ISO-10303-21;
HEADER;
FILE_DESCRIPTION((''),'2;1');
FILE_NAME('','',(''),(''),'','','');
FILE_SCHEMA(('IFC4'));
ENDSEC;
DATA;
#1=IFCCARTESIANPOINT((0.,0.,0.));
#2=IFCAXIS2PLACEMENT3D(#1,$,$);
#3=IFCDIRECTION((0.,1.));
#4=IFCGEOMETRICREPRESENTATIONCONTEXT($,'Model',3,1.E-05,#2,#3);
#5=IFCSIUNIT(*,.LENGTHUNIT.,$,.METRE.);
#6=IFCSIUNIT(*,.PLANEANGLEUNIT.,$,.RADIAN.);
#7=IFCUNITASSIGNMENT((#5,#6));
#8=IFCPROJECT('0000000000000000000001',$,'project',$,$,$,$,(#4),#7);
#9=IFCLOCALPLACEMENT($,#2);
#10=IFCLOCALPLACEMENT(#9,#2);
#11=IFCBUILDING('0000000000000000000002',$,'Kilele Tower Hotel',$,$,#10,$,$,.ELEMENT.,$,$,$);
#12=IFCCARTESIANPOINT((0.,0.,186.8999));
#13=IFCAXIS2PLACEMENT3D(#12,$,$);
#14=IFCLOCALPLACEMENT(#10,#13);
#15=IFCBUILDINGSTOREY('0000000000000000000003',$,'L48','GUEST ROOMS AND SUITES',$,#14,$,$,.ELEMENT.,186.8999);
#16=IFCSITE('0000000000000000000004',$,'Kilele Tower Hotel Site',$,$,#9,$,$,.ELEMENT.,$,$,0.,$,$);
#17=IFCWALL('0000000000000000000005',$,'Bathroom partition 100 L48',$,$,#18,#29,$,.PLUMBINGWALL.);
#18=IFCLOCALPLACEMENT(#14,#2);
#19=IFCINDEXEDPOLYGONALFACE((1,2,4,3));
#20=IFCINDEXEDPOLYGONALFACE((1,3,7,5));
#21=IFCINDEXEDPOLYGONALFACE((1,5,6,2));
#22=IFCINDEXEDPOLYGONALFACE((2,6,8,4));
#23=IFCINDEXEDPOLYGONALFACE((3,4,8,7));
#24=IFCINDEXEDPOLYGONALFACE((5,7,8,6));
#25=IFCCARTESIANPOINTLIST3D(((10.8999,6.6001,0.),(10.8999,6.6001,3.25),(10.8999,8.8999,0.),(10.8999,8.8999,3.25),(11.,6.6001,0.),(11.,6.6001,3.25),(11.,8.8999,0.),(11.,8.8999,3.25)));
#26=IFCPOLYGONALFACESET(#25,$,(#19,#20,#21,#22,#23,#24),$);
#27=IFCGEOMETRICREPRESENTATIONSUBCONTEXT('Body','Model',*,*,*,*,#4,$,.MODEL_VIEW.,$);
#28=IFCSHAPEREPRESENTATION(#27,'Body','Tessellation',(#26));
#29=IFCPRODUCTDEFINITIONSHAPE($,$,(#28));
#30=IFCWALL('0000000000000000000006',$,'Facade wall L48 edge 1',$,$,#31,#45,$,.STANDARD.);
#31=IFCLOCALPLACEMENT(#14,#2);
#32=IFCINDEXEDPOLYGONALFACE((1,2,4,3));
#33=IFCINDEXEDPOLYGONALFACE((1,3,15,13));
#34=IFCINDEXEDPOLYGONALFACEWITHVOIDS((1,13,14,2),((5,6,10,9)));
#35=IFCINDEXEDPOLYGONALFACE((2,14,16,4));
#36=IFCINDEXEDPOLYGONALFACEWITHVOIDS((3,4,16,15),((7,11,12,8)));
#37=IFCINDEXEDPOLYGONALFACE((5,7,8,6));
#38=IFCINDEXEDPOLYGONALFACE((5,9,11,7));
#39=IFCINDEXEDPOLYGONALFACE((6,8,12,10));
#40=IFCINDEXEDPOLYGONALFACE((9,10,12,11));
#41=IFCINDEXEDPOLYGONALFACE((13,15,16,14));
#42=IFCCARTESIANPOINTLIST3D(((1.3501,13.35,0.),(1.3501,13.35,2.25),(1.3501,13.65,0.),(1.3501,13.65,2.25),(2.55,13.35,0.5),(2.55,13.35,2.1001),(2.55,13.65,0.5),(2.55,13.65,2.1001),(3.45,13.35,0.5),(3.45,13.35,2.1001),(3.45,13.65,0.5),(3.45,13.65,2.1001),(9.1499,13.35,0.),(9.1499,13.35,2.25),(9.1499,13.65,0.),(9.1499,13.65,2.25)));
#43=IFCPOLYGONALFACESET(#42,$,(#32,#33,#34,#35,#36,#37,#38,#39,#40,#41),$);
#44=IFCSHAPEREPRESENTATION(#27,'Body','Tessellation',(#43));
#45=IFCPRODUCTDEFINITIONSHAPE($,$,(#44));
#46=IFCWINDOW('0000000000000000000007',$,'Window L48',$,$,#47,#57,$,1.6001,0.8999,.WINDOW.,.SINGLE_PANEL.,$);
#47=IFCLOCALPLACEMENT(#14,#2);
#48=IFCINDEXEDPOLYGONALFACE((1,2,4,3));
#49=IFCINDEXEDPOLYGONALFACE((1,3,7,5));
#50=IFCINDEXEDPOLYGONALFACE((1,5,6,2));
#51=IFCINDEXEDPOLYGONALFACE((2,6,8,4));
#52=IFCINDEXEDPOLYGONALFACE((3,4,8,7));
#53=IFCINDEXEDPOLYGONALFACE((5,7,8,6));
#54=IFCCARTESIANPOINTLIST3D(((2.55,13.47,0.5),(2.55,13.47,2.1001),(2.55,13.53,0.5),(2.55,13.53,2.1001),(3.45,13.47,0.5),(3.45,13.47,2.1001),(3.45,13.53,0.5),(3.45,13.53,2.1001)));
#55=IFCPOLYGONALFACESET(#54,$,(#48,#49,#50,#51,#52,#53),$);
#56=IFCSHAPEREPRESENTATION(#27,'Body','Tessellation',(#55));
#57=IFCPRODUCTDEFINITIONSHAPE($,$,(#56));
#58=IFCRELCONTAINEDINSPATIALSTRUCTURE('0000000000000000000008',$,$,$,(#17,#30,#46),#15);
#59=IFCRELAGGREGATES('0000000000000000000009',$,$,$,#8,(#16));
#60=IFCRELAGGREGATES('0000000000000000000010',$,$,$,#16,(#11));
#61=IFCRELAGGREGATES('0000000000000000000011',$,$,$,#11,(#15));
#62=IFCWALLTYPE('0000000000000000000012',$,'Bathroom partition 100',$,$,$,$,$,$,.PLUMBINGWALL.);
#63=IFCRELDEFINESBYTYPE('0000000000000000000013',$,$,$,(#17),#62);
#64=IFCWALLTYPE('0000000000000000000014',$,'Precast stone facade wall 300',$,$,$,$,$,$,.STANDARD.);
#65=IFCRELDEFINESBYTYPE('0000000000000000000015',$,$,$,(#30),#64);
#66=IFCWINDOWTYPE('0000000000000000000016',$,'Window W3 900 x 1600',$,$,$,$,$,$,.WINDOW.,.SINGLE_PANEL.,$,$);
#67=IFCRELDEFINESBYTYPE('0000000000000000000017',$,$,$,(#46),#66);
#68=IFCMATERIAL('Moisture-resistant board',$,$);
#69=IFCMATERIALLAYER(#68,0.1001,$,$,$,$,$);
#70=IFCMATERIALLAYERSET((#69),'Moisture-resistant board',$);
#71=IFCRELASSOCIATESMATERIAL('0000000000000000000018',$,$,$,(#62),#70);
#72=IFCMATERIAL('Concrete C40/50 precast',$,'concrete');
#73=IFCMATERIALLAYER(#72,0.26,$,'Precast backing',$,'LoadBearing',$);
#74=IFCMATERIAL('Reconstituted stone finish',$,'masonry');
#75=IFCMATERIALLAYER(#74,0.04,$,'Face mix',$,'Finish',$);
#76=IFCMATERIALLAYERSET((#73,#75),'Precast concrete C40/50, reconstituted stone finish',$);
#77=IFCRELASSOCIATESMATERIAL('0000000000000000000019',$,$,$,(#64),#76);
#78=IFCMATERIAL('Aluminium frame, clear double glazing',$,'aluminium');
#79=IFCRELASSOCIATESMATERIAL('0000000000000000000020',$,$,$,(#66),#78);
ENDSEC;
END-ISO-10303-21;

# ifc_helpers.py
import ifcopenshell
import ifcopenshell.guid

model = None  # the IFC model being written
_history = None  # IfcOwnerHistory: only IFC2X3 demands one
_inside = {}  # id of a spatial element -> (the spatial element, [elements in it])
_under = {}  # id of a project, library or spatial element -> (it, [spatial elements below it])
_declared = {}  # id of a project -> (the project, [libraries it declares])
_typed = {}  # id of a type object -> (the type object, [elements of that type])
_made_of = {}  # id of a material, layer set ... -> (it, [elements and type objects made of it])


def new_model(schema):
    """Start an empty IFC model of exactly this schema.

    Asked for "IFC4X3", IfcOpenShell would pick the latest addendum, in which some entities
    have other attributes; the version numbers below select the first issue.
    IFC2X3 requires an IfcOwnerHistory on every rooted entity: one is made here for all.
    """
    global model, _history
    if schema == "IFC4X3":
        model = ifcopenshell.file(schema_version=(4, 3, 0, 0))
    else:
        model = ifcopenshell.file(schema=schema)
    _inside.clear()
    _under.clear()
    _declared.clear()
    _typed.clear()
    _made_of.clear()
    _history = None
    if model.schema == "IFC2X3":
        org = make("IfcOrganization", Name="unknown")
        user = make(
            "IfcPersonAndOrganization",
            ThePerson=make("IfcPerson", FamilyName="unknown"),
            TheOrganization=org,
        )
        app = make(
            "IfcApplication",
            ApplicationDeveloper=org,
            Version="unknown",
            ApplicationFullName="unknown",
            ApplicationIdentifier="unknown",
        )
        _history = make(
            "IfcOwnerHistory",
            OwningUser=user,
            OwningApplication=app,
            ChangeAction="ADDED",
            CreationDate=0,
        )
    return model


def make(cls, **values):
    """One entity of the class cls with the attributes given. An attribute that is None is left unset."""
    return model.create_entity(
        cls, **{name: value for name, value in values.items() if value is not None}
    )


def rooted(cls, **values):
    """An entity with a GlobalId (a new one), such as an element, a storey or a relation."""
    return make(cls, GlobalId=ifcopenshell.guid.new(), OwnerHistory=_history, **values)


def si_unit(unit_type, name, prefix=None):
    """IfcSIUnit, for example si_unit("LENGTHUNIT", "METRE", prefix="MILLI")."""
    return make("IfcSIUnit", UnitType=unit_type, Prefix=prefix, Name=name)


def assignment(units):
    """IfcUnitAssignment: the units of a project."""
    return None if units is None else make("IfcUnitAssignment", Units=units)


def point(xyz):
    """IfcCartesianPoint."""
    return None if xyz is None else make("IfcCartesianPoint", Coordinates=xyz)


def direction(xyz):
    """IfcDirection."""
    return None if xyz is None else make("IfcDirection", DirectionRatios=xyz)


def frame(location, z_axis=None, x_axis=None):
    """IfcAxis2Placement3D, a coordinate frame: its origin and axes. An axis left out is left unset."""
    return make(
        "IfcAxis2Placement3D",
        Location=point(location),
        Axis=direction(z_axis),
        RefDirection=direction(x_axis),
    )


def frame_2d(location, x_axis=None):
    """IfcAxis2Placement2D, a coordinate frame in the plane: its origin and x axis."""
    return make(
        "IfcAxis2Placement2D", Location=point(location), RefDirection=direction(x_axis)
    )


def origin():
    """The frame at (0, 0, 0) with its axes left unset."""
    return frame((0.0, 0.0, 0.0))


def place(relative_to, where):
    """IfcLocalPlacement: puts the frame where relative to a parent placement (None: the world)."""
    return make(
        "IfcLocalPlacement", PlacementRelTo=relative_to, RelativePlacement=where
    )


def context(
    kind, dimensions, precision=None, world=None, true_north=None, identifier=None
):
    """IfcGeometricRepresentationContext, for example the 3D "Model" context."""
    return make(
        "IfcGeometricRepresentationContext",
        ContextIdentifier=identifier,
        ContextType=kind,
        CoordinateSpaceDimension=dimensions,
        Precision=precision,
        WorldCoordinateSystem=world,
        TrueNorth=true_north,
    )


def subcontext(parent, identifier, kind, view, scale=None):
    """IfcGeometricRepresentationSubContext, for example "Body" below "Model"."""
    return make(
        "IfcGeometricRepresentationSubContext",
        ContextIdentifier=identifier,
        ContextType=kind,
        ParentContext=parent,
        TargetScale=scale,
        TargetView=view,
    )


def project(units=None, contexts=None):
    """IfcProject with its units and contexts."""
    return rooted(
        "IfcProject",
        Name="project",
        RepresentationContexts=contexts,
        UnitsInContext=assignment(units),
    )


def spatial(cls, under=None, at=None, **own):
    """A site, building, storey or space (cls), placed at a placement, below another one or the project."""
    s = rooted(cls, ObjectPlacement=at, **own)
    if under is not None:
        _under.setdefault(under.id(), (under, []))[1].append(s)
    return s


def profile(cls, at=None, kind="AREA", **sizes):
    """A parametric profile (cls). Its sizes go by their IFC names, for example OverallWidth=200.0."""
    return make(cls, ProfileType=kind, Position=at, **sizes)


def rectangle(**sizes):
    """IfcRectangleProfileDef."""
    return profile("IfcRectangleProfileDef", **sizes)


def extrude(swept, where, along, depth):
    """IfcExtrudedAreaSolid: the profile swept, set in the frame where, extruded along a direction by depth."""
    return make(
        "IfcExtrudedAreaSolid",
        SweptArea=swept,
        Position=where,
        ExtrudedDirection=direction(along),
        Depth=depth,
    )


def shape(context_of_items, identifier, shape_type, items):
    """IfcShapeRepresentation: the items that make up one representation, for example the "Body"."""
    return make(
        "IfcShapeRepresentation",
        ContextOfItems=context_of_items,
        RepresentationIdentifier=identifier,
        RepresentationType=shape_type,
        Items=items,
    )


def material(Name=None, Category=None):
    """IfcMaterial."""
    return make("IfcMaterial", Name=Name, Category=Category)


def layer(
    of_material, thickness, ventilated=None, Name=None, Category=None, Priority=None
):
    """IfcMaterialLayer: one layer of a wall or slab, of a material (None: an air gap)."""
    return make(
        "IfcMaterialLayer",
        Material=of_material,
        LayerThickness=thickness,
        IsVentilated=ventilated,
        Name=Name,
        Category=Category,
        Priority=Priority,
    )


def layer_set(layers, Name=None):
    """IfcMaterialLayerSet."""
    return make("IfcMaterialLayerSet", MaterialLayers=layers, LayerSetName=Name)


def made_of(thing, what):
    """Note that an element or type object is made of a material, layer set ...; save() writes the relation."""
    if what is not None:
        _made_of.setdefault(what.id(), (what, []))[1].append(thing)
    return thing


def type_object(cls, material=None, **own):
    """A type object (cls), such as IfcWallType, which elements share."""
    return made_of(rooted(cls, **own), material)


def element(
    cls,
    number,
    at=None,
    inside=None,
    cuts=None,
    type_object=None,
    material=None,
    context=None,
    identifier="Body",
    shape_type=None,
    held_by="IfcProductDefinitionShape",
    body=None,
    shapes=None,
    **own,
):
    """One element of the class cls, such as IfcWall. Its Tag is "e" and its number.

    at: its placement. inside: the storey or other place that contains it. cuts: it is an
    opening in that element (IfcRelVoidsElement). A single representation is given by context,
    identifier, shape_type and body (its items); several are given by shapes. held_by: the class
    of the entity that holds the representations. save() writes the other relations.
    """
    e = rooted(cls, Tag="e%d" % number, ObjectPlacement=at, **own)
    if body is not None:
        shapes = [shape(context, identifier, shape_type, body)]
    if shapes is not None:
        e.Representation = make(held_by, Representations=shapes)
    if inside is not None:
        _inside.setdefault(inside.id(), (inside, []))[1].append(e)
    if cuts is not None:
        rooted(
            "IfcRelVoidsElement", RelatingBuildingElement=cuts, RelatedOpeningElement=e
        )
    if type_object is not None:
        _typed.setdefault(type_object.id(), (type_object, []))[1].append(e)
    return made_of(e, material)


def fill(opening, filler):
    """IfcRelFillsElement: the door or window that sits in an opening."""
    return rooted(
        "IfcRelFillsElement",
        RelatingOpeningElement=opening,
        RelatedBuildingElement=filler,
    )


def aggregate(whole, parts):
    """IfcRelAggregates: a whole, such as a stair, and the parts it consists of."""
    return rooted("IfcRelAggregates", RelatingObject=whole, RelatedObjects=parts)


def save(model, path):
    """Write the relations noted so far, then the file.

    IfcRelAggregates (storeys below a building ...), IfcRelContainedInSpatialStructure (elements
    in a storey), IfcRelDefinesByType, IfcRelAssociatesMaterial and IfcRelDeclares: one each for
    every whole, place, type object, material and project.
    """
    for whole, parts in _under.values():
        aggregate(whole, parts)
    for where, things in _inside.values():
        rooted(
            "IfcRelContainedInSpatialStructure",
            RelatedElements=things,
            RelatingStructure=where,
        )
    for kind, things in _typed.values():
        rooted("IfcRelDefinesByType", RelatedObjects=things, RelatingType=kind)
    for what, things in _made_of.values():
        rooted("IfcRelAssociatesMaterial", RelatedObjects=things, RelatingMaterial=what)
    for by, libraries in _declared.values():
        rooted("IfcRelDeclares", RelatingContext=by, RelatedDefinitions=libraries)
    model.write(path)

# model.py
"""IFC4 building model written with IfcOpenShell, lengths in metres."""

from ifc_helpers import new_model, si_unit, direction, frame, frame_2d, origin, place, context, subcontext, project, spatial, rectangle, extrude, material, layer, layer_set, type_object, element, fill, save


model = new_model("IFC4")

# Units and contexts
model_context = context("Model", 3, precision=1e-05, world=origin(), true_north=direction((0.0, 1.0)))
body_context = subcontext(model_context, "Body", "Model", "MODEL_VIEW")
ifc_project = project(units=[si_unit("LENGTHUNIT", "METRE"), si_unit("PLANEANGLEUNIT", "RADIAN")], contexts=[model_context])

# Site, building, storey
site_placement = place(None, origin())
site = spatial("IfcSite", under=ifc_project, at=site_placement, Name="Kilele Tower Hotel Site", CompositionType="ELEMENT", RefElevation=0.0)
building_placement = place(site_placement, origin())
building = spatial("IfcBuilding", under=site, at=building_placement, Name="Kilele Tower Hotel", CompositionType="ELEMENT")
storey_placement = place(building_placement, frame((0.0, 0.0, 186.8999)))
storey = spatial("IfcBuildingStorey", under=building, at=storey_placement, Name="L48", Description="GUEST ROOMS AND SUITES", CompositionType="ELEMENT", Elevation=186.8999)

# Wall
ifc_material_1 = material(Name="Moisture-resistant board")
ifc_layer_1 = layer(ifc_material_1, 0.1001)
ifc_layer_set_1 = layer_set([ifc_layer_1], Name="Moisture-resistant board")
wall_type_1 = type_object("IfcWallType", Name="Bathroom partition 100", PredefinedType="PLUMBINGWALL", material=ifc_layer_set_1)
wall_1_placement = place(storey_placement, frame((10.95, 8.8999, 0.0), z_axis=(0.0, 0.0, 1.0), x_axis=(0.0, -1.0, 0.0)))
element("IfcWall", 1, at=wall_1_placement, inside=storey, type_object=wall_type_1, Name="Bathroom partition 100 L48", PredefinedType="PLUMBINGWALL", context=body_context, shape_type="SweptSolid", body=[
    extrude(rectangle(XDim=2.2998, YDim=0.1001, at=frame_2d((1.1499, 0.0))), origin(), (0.0, 0.0, 1.0), 3.25),
])

# Wall, opening, window
ifc_material_2 = material(Name="Concrete C40/50 precast", Category="concrete")
ifc_layer_2 = layer(ifc_material_2, 0.26, Name="Precast backing", Category="LoadBearing")
ifc_material_3 = material(Name="Reconstituted stone finish", Category="masonry")
ifc_layer_3 = layer(ifc_material_3, 0.04, Name="Face mix", Category="Finish")
ifc_layer_set_2 = layer_set([ifc_layer_2, ifc_layer_3], Name="Precast concrete C40/50, reconstituted stone finish")
wall_type_2 = type_object("IfcWallType", Name="Precast stone facade wall 300", PredefinedType="STANDARD", material=ifc_layer_set_2)
wall_2_placement = place(storey_placement, frame((1.3501, 13.5, 0.0), z_axis=(0.0, 0.0, 1.0), x_axis=(1.0, 0.0, 0.0)))
wall_2 = element("IfcWall", 2, at=wall_2_placement, inside=storey, type_object=wall_type_2, Name="Facade wall L48 edge 1", PredefinedType="STANDARD", context=body_context, shape_type="SweptSolid", body=[
    extrude(rectangle(XDim=7.7998, YDim=0.3, at=frame_2d((3.8999, 0.0))), origin(), (0.0, 0.0, 1.0), 2.25),
])
opening_1_placement = place(wall_2_placement, frame((1.2, 0.0, 0.5)))
opening_1 = element("IfcOpeningElement", 3, at=opening_1_placement, cuts=wall_2, PredefinedType="OPENING", context=body_context, shape_type="SweptSolid", body=[
    extrude(rectangle(XDim=0.8999, YDim=1.6001, at=frame_2d((0.45, 0.8))), frame((0.0, 0.1599, 0.0), z_axis=(0.0, -1.0, 0.0), x_axis=(1.0, 0.0, 0.0)), (0.0, 0.0, 1.0), 0.3201),
])
ifc_material_4 = material(Name="Aluminium frame, clear double glazing", Category="aluminium")
window_type_1 = type_object("IfcWindowType", Name="Window W3 900 x 1600", PartitioningType="SINGLE_PANEL", PredefinedType="WINDOW", material=ifc_material_4)
window_1_placement = place(opening_1_placement, origin())
window_1 = element("IfcWindow", 4, at=window_1_placement, inside=storey, type_object=window_type_1, Name="Window L48", OverallHeight=1.6001, OverallWidth=0.8999, PartitioningType="SINGLE_PANEL", PredefinedType="WINDOW", context=body_context, shape_type="SweptSolid", body=[
    extrude(rectangle(XDim=0.8999, YDim=1.6001, at=frame_2d((0.45, 0.8))), frame((0.0, 0.03, 0.0), z_axis=(0.0, -1.0, 0.0), x_axis=(1.0, 0.0, 0.0)), (0.0, 0.0, 1.0), 0.0601),
])
fill(opening_1, window_1)

save(model, "model.ifc")
